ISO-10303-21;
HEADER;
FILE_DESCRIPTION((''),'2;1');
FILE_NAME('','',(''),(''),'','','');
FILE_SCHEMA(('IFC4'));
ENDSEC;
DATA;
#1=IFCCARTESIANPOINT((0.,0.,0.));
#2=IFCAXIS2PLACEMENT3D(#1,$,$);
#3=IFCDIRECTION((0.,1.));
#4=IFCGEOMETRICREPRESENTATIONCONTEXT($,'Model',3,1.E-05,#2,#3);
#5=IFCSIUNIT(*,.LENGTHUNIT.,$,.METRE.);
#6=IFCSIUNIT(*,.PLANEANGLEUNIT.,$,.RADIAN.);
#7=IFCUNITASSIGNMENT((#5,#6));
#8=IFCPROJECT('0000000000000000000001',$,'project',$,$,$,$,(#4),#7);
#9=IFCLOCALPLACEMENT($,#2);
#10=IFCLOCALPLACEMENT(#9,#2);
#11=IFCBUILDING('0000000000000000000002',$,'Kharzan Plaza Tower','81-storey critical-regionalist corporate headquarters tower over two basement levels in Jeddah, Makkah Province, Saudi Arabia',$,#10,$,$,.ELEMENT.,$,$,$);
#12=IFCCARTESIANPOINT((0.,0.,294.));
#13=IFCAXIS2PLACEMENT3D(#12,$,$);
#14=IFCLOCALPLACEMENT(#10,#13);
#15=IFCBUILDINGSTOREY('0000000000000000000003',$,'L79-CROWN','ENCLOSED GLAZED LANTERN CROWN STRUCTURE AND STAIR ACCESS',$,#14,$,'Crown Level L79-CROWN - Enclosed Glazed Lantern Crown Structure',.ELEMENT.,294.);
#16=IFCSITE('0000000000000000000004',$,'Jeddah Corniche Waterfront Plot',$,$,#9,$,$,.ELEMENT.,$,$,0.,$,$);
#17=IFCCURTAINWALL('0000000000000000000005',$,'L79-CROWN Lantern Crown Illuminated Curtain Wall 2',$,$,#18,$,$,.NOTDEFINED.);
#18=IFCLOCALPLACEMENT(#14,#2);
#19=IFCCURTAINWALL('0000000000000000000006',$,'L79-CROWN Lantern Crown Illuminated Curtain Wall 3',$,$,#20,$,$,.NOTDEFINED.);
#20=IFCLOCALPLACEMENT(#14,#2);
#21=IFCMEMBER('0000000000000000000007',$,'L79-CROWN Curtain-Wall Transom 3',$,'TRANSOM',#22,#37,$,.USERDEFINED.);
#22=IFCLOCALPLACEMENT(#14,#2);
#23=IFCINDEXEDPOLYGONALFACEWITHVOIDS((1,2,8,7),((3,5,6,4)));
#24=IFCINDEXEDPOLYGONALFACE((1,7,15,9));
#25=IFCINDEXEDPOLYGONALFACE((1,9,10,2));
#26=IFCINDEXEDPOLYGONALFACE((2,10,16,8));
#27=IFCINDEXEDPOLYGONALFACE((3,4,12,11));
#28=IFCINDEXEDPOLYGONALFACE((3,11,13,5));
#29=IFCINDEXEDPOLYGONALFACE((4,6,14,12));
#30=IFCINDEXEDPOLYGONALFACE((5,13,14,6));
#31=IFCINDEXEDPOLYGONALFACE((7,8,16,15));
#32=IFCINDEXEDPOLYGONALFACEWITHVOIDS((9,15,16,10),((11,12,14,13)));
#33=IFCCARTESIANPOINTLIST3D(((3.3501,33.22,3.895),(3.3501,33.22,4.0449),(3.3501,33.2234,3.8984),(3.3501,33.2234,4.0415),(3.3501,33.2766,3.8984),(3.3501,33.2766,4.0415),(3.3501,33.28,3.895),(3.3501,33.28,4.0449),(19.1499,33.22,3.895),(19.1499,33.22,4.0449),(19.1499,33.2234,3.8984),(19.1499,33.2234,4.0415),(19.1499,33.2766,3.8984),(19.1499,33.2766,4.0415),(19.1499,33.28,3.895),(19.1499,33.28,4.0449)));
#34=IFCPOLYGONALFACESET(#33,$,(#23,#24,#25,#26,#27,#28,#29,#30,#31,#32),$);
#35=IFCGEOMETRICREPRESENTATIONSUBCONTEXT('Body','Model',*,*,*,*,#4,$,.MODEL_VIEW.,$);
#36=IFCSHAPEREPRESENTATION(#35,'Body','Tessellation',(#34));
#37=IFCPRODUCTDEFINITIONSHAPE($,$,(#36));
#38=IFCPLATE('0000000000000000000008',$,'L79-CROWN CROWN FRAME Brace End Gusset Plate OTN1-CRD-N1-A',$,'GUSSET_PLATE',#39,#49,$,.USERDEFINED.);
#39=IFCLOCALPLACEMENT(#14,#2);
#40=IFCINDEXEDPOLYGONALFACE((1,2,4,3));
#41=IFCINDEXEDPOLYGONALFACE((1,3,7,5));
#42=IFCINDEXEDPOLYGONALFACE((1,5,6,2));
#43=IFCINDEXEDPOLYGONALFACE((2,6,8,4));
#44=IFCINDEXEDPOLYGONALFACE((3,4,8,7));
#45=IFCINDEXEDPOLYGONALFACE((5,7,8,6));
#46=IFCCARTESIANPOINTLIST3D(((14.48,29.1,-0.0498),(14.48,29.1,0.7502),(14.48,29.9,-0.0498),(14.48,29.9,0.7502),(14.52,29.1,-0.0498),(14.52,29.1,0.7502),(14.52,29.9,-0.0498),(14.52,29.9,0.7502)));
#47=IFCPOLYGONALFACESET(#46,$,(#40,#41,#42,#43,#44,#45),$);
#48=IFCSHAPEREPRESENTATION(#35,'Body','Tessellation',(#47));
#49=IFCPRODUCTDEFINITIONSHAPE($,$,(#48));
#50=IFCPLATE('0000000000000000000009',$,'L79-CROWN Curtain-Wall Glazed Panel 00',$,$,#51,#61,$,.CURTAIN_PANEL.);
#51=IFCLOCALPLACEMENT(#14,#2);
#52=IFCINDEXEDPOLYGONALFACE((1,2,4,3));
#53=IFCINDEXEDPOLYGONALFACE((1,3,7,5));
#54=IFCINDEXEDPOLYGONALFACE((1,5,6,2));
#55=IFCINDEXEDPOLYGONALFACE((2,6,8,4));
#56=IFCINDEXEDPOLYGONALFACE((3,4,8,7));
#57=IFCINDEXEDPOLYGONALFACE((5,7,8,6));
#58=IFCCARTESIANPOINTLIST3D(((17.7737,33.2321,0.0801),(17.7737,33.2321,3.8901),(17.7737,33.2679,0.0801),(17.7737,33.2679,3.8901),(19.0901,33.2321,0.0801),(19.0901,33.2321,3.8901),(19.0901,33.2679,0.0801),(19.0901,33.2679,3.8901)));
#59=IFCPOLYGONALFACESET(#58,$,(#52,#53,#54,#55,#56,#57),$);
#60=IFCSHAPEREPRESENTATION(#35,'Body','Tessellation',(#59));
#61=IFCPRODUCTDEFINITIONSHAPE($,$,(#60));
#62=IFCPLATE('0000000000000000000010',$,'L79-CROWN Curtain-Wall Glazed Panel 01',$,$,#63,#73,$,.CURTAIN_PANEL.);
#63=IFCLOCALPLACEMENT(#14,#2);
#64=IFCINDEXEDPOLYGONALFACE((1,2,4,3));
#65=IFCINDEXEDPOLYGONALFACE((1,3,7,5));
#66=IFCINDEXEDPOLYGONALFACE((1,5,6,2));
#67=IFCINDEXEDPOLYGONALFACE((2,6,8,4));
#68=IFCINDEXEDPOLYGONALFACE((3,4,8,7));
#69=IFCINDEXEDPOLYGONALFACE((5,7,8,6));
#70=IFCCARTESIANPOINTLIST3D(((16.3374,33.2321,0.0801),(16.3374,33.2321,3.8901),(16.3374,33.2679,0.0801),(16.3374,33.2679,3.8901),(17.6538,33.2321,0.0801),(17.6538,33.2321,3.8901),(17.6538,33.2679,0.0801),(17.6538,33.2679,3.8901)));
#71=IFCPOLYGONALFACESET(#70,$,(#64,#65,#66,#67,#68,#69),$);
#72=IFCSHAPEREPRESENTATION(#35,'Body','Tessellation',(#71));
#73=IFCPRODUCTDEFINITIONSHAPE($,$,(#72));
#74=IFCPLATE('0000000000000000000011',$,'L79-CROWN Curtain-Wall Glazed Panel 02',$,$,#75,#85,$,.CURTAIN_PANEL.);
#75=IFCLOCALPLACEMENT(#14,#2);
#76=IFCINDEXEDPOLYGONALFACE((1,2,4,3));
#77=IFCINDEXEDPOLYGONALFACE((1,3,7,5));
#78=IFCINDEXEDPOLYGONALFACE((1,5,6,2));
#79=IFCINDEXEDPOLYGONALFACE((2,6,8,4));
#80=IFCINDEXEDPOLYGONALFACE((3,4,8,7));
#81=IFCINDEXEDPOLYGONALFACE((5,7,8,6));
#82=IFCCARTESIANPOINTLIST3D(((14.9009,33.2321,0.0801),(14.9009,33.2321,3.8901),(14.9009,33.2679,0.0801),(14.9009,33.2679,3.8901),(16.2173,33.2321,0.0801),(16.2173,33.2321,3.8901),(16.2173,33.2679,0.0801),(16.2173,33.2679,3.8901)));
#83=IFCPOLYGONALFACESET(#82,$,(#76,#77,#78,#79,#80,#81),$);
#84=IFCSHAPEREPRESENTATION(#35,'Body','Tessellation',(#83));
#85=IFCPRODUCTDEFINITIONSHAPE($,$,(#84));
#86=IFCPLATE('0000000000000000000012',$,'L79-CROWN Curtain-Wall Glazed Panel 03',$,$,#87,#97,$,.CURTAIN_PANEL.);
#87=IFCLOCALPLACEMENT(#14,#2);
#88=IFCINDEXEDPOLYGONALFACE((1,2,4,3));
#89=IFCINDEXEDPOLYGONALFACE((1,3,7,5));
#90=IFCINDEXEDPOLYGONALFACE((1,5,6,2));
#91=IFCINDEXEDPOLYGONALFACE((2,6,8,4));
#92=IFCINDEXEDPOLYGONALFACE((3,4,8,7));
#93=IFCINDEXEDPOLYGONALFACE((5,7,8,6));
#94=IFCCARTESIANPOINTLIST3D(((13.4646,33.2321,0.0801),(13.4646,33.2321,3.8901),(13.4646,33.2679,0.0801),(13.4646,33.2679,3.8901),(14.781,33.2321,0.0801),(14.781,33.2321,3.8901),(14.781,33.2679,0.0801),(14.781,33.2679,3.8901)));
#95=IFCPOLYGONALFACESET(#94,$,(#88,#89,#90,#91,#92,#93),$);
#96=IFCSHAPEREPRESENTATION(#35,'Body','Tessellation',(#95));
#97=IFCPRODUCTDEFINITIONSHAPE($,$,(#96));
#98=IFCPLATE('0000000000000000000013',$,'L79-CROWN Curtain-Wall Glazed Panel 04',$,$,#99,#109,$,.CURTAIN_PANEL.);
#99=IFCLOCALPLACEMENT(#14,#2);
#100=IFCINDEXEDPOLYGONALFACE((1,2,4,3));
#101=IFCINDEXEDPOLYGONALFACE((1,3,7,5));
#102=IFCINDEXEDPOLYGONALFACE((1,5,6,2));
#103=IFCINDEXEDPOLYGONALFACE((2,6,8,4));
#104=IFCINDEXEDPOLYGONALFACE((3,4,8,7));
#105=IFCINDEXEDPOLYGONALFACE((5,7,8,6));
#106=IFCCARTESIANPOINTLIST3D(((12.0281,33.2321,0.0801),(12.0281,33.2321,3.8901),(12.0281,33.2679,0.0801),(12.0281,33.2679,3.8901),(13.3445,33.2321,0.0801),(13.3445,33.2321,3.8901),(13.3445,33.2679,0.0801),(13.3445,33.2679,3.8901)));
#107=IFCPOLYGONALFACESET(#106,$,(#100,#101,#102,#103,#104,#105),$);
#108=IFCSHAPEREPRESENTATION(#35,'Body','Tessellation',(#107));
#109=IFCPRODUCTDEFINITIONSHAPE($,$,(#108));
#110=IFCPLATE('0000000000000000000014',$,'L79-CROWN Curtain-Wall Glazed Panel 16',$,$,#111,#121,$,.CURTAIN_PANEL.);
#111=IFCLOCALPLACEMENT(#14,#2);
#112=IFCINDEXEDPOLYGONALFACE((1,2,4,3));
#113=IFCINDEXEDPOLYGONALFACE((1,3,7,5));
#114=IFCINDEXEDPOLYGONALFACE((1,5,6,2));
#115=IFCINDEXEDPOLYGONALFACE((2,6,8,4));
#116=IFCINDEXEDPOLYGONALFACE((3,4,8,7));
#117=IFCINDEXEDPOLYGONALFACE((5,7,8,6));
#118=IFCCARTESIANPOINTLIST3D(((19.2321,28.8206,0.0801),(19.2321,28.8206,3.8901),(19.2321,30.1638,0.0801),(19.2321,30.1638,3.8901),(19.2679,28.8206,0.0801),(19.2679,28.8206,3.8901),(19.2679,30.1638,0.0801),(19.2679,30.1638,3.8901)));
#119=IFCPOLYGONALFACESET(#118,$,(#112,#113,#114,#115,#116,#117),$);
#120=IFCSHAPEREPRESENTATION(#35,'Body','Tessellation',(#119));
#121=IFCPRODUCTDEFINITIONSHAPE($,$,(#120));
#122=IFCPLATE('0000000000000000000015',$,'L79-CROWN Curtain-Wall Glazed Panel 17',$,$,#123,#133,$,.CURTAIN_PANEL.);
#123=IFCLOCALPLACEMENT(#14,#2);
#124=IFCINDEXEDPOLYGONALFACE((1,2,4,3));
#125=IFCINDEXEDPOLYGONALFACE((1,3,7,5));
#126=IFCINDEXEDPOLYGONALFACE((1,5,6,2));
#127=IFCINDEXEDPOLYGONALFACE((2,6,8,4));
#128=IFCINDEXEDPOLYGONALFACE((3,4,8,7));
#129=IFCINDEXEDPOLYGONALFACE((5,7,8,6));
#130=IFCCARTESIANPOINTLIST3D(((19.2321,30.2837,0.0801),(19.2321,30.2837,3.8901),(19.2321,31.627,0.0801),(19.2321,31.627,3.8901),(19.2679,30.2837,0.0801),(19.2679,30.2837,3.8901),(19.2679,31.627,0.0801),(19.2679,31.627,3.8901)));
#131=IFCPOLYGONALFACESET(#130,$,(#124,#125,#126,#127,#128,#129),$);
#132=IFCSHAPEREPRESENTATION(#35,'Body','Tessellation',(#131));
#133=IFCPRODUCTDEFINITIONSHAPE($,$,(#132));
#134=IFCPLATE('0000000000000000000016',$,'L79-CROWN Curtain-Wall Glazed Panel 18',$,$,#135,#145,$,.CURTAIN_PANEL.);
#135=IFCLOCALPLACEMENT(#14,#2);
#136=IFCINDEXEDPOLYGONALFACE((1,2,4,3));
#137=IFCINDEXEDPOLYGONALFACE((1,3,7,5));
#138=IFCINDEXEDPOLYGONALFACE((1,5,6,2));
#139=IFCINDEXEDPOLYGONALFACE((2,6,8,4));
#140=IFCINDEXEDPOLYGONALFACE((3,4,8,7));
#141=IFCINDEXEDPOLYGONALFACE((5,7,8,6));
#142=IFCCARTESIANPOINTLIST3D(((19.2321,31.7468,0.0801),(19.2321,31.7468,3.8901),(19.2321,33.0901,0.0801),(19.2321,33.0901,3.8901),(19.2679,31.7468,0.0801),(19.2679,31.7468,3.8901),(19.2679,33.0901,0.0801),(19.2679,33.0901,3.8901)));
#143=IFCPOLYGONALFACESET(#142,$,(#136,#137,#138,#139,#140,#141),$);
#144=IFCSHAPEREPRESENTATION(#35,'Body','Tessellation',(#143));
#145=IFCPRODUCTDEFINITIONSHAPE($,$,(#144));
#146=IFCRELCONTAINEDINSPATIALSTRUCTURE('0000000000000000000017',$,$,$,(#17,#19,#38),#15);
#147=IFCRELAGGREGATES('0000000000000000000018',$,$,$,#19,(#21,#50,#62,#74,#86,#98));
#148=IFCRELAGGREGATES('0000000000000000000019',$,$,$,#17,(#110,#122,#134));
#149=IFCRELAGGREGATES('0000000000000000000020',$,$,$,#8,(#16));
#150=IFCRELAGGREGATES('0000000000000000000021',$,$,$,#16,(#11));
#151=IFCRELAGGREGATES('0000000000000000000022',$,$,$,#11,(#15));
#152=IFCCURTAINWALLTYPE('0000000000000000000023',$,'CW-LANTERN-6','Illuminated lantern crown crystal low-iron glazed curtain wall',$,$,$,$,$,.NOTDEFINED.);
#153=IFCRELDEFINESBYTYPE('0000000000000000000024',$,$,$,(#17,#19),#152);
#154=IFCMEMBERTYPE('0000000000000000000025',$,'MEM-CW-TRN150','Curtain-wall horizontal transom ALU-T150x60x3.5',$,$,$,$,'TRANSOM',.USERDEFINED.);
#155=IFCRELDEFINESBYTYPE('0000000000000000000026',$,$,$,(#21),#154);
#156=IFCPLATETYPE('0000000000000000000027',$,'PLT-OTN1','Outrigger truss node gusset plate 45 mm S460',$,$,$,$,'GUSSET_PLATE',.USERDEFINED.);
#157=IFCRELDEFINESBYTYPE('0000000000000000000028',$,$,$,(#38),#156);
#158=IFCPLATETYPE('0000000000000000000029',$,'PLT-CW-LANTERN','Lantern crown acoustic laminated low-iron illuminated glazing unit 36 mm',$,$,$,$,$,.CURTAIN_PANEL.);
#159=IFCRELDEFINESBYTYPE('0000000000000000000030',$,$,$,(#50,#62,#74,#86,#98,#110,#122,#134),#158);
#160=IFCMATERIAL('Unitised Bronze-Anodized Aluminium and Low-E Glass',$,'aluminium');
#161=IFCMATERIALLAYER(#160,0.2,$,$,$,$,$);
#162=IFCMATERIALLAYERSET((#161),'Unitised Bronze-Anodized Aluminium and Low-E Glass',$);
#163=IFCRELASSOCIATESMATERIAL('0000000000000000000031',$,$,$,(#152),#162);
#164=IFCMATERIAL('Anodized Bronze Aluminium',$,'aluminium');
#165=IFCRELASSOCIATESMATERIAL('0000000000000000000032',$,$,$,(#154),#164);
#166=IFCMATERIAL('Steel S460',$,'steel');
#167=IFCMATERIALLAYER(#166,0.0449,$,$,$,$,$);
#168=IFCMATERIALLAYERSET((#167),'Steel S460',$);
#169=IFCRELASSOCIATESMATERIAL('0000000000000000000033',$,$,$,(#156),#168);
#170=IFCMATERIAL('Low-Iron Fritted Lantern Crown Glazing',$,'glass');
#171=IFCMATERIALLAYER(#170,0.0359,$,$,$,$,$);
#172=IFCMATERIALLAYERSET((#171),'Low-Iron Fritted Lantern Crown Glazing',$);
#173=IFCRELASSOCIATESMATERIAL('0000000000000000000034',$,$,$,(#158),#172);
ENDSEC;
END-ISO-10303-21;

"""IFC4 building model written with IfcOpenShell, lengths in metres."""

from ifc_helpers import new_model, si_unit, direction, frame, origin, origin_2d, place, context, subcontext, project, spatial, rectangle, hollow_rectangle, extrude, source, transform, mapped, material, layer, layer_set, material_profile, profile_set, type_object, element, aggregate, save


model = new_model("IFC4")

# Units and contexts
model_context = context("Model", 3, precision=1e-05, world=origin(), true_north=direction((0.0, 1.0)))
body_context = subcontext(model_context, "Body", "Model", "MODEL_VIEW")
ifc_project = project(units=[si_unit("LENGTHUNIT", "METRE"), si_unit("PLANEANGLEUNIT", "RADIAN")], contexts=[model_context])

# Site, building, storey
site_placement = place(None, origin())
site = spatial("IfcSite", under=ifc_project, at=site_placement, Name="Jeddah Corniche Waterfront Plot", CompositionType="ELEMENT", RefElevation=0.0)
building_placement = place(site_placement, origin())
building = spatial("IfcBuilding", under=site, at=building_placement, Name="Kharzan Plaza Tower", Description="81-storey critical-regionalist corporate headquarters tower over two basement levels in Jeddah, Makkah Province, Saudi Arabia", CompositionType="ELEMENT")
storey_placement = place(building_placement, frame((0.0, 0.0, 294.0)))
storey = spatial("IfcBuildingStorey", under=building, at=storey_placement, Name="L79-CROWN", Description="ENCLOSED GLAZED LANTERN CROWN STRUCTURE AND STAIR ACCESS", LongName="Crown Level L79-CROWN - Enclosed Glazed Lantern Crown Structure", CompositionType="ELEMENT", Elevation=294.0)

# Curtain walls, member
ifc_material_1 = material(Name="Unitised Bronze-Anodized Aluminium and Low-E Glass", Category="aluminium")
ifc_layer_1 = layer(ifc_material_1, 0.2)
ifc_layer_set_1 = layer_set([ifc_layer_1], Name="Unitised Bronze-Anodized Aluminium and Low-E Glass")
curtain_wall_type = type_object("IfcCurtainWallType", Name="CW-LANTERN-6", Description="Illuminated lantern crown crystal low-iron glazed curtain wall", PredefinedType="NOTDEFINED", material=ifc_layer_set_1)
curtain_wall_1_placement = place(storey_placement, origin())
curtain_wall_1 = element("IfcCurtainWall", 1, at=curtain_wall_1_placement, inside=storey, type_object=curtain_wall_type, Name="L79-CROWN Lantern Crown Illuminated Curtain Wall 2", PredefinedType="NOTDEFINED")
ifc_material_2 = material(Name="Anodized Bronze Aluminium", Category="aluminium")
curtain_wall_2_placement = place(storey_placement, origin())
curtain_wall_2 = element("IfcCurtainWall", 2, at=curtain_wall_2_placement, inside=storey, type_object=curtain_wall_type, Name="L79-CROWN Lantern Crown Illuminated Curtain Wall 3", PredefinedType="NOTDEFINED")
ifc_material_profile_1 = material_profile(ifc_material_2, hollow_rectangle(XDim=0.0601, YDim=0.1499, WallThickness=0.0034, at=origin_2d()), Name="ALU-T150x60x3.5")
ifc_profile_set_1 = profile_set([ifc_material_profile_1], Name="Anodized Bronze Aluminium")
member_type_1 = type_object("IfcMemberType", Name="MEM-CW-TRN150", Description="Curtain-wall horizontal transom ALU-T150x60x3.5", ElementType="TRANSOM", PredefinedType="USERDEFINED", material=ifc_profile_set_1)
shared_shape_1 = source(origin(), body_context, "Body", "SweptSolid", [
    extrude(hollow_rectangle(XDim=0.0601, YDim=0.1499, WallThickness=0.0034, at=origin_2d()), origin(), (0.0, 0.0, 1.0), 15.7998),
])
member_1_placement = place(storey_placement, frame((19.1499, 33.25, 3.97), z_axis=(-1.0, 0.0, 0.0), x_axis=(0.0, -1.0, 0.0)))
member_1 = element("IfcMember", 3, at=member_1_placement, type_object=member_type_1, Name="L79-CROWN Curtain-Wall Transom 3", ObjectType="TRANSOM", PredefinedType="USERDEFINED", context=body_context, shape_type="MappedRepresentation", body=[
    mapped(shared_shape_1, transform((0.0, 0.0, 0.0), x_axis=(1.0, 0.0, 0.0), y_axis=(0.0, 1.0, 0.0), z_axis=(0.0, 0.0, 1.0))),
])

# Plates
ifc_material_3 = material(Name="Steel S460", Category="steel")
ifc_layer_2 = layer(ifc_material_3, 0.0449)
ifc_layer_set_2 = layer_set([ifc_layer_2], Name="Steel S460")
plate_type_1 = type_object("IfcPlateType", Name="PLT-OTN1", Description="Outrigger truss node gusset plate 45 mm S460", ElementType="GUSSET_PLATE", PredefinedType="USERDEFINED", material=ifc_layer_set_2)
shared_shape_2 = source(origin(), body_context, "Body", "SweptSolid", [
    extrude(rectangle(XDim=0.8, YDim=0.04, at=origin_2d()), origin(), (0.0, 0.0, 1.0), 0.8),
])
plate_1_placement = place(storey_placement, frame((14.5, 29.5, -0.0498), z_axis=(0.0, 0.0, 1.0), x_axis=(0.0, -1.0, 0.0)))
element("IfcPlate", 4, at=plate_1_placement, inside=storey, type_object=plate_type_1, Name="L79-CROWN CROWN FRAME Brace End Gusset Plate OTN1-CRD-N1-A", ObjectType="GUSSET_PLATE", PredefinedType="USERDEFINED", context=body_context, shape_type="MappedRepresentation", body=[
    mapped(shared_shape_2, transform((0.0, 0.0, 0.0), x_axis=(1.0, 0.0, 0.0), y_axis=(0.0, 1.0, 0.0), z_axis=(0.0, 0.0, 1.0))),
])
ifc_material_4 = material(Name="Low-Iron Fritted Lantern Crown Glazing", Category="glass")
ifc_layer_3 = layer(ifc_material_4, 0.0359)
ifc_layer_set_3 = layer_set([ifc_layer_3], Name="Low-Iron Fritted Lantern Crown Glazing")
plate_type_2 = type_object("IfcPlateType", Name="PLT-CW-LANTERN", Description="Lantern crown acoustic laminated low-iron illuminated glazing unit 36 mm", PredefinedType="CURTAIN_PANEL", material=ifc_layer_set_3)
shared_shape_3 = source(origin(), body_context, "Body", "SweptSolid", [
    extrude(rectangle(XDim=1.3164, YDim=0.0359, at=origin_2d()), origin(), (0.0, 0.0, 1.0), 3.8101),
])
plate_2_placement = place(storey_placement, frame((18.4319, 33.25, 0.0801), z_axis=(0.0, 0.0, 1.0), x_axis=(-1.0, 0.0, 0.0)))
plate_2 = element("IfcPlate", 5, at=plate_2_placement, type_object=plate_type_2, Name="L79-CROWN Curtain-Wall Glazed Panel 00", PredefinedType="CURTAIN_PANEL", context=body_context, shape_type="MappedRepresentation", body=[
    mapped(shared_shape_3, transform((0.0, 0.0, 0.0), x_axis=(1.0, 0.0, 0.0), y_axis=(0.0, 1.0, 0.0), z_axis=(0.0, 0.0, 1.0))),
])
plate_3_placement = place(storey_placement, frame((16.9956, 33.25, 0.0801), z_axis=(0.0, 0.0, 1.0), x_axis=(-1.0, 0.0, 0.0)))
plate_3 = element("IfcPlate", 6, at=plate_3_placement, type_object=plate_type_2, Name="L79-CROWN Curtain-Wall Glazed Panel 01", PredefinedType="CURTAIN_PANEL", context=body_context, shape_type="MappedRepresentation", body=[
    mapped(shared_shape_3, transform((0.0, 0.0, 0.0), x_axis=(1.0, 0.0, 0.0), y_axis=(0.0, 1.0, 0.0), z_axis=(0.0, 0.0, 1.0))),
])
plate_4_placement = place(storey_placement, frame((15.5591, 33.25, 0.0801), z_axis=(0.0, 0.0, 1.0), x_axis=(-1.0, 0.0, 0.0)))
plate_4 = element("IfcPlate", 7, at=plate_4_placement, type_object=plate_type_2, Name="L79-CROWN Curtain-Wall Glazed Panel 02", PredefinedType="CURTAIN_PANEL", context=body_context, shape_type="MappedRepresentation", body=[
    mapped(shared_shape_3, transform((0.0, 0.0, 0.0), x_axis=(1.0, 0.0, 0.0), y_axis=(0.0, 1.0, 0.0), z_axis=(0.0, 0.0, 1.0))),
])
plate_5_placement = place(storey_placement, frame((14.1228, 33.25, 0.0801), z_axis=(0.0, 0.0, 1.0), x_axis=(-1.0, 0.0, 0.0)))
plate_5 = element("IfcPlate", 8, at=plate_5_placement, type_object=plate_type_2, Name="L79-CROWN Curtain-Wall Glazed Panel 03", PredefinedType="CURTAIN_PANEL", context=body_context, shape_type="MappedRepresentation", body=[
    mapped(shared_shape_3, transform((0.0, 0.0, 0.0), x_axis=(1.0, 0.0, 0.0), y_axis=(0.0, 1.0, 0.0), z_axis=(0.0, 0.0, 1.0))),
])
plate_6_placement = place(storey_placement, frame((12.6863, 33.25, 0.0801), z_axis=(0.0, 0.0, 1.0), x_axis=(-1.0, 0.0, 0.0)))
plate_6 = element("IfcPlate", 9, at=plate_6_placement, type_object=plate_type_2, Name="L79-CROWN Curtain-Wall Glazed Panel 04", PredefinedType="CURTAIN_PANEL", context=body_context, shape_type="MappedRepresentation", body=[
    mapped(shared_shape_3, transform((0.0, 0.0, 0.0), x_axis=(1.0, 0.0, 0.0), y_axis=(0.0, 1.0, 0.0), z_axis=(0.0, 0.0, 1.0))),
])
aggregate(curtain_wall_2, [member_1, plate_2, plate_3, plate_4, plate_5, plate_6])
shared_shape_4 = source(origin(), body_context, "Body", "SweptSolid", [
    extrude(rectangle(XDim=1.3433, YDim=0.0359, at=origin_2d()), origin(), (0.0, 0.0, 1.0), 3.8101),
])
plate_7_placement = place(storey_placement, frame((19.25, 29.4922, 0.0801), z_axis=(0.0, 0.0, 1.0), x_axis=(0.0, 1.0, 0.0)))
plate_7 = element("IfcPlate", 10, at=plate_7_placement, type_object=plate_type_2, Name="L79-CROWN Curtain-Wall Glazed Panel 16", PredefinedType="CURTAIN_PANEL", context=body_context, shape_type="MappedRepresentation", body=[
    mapped(shared_shape_4, transform((0.0, 0.0, 0.0), x_axis=(1.0, 0.0, 0.0), y_axis=(0.0, 1.0, 0.0), z_axis=(0.0, 0.0, 1.0))),
])
plate_8_placement = place(storey_placement, frame((19.25, 30.9553, 0.0801), z_axis=(0.0, 0.0, 1.0), x_axis=(0.0, 1.0, 0.0)))
plate_8 = element("IfcPlate", 11, at=plate_8_placement, type_object=plate_type_2, Name="L79-CROWN Curtain-Wall Glazed Panel 17", PredefinedType="CURTAIN_PANEL", context=body_context, shape_type="MappedRepresentation", body=[
    mapped(shared_shape_4, transform((0.0, 0.0, 0.0), x_axis=(1.0, 0.0, 0.0), y_axis=(0.0, 1.0, 0.0), z_axis=(0.0, 0.0, 1.0))),
])
plate_9_placement = place(storey_placement, frame((19.25, 32.4185, 0.0801), z_axis=(0.0, 0.0, 1.0), x_axis=(0.0, 1.0, 0.0)))
plate_9 = element("IfcPlate", 12, at=plate_9_placement, type_object=plate_type_2, Name="L79-CROWN Curtain-Wall Glazed Panel 18", PredefinedType="CURTAIN_PANEL", context=body_context, shape_type="MappedRepresentation", body=[
    mapped(shared_shape_4, transform((0.0, 0.0, 0.0), x_axis=(1.0, 0.0, 0.0), y_axis=(0.0, 1.0, 0.0), z_axis=(0.0, 0.0, 1.0))),
])
aggregate(curtain_wall_1, [plate_7, plate_8, plate_9])

save(model, "model.ifc")
